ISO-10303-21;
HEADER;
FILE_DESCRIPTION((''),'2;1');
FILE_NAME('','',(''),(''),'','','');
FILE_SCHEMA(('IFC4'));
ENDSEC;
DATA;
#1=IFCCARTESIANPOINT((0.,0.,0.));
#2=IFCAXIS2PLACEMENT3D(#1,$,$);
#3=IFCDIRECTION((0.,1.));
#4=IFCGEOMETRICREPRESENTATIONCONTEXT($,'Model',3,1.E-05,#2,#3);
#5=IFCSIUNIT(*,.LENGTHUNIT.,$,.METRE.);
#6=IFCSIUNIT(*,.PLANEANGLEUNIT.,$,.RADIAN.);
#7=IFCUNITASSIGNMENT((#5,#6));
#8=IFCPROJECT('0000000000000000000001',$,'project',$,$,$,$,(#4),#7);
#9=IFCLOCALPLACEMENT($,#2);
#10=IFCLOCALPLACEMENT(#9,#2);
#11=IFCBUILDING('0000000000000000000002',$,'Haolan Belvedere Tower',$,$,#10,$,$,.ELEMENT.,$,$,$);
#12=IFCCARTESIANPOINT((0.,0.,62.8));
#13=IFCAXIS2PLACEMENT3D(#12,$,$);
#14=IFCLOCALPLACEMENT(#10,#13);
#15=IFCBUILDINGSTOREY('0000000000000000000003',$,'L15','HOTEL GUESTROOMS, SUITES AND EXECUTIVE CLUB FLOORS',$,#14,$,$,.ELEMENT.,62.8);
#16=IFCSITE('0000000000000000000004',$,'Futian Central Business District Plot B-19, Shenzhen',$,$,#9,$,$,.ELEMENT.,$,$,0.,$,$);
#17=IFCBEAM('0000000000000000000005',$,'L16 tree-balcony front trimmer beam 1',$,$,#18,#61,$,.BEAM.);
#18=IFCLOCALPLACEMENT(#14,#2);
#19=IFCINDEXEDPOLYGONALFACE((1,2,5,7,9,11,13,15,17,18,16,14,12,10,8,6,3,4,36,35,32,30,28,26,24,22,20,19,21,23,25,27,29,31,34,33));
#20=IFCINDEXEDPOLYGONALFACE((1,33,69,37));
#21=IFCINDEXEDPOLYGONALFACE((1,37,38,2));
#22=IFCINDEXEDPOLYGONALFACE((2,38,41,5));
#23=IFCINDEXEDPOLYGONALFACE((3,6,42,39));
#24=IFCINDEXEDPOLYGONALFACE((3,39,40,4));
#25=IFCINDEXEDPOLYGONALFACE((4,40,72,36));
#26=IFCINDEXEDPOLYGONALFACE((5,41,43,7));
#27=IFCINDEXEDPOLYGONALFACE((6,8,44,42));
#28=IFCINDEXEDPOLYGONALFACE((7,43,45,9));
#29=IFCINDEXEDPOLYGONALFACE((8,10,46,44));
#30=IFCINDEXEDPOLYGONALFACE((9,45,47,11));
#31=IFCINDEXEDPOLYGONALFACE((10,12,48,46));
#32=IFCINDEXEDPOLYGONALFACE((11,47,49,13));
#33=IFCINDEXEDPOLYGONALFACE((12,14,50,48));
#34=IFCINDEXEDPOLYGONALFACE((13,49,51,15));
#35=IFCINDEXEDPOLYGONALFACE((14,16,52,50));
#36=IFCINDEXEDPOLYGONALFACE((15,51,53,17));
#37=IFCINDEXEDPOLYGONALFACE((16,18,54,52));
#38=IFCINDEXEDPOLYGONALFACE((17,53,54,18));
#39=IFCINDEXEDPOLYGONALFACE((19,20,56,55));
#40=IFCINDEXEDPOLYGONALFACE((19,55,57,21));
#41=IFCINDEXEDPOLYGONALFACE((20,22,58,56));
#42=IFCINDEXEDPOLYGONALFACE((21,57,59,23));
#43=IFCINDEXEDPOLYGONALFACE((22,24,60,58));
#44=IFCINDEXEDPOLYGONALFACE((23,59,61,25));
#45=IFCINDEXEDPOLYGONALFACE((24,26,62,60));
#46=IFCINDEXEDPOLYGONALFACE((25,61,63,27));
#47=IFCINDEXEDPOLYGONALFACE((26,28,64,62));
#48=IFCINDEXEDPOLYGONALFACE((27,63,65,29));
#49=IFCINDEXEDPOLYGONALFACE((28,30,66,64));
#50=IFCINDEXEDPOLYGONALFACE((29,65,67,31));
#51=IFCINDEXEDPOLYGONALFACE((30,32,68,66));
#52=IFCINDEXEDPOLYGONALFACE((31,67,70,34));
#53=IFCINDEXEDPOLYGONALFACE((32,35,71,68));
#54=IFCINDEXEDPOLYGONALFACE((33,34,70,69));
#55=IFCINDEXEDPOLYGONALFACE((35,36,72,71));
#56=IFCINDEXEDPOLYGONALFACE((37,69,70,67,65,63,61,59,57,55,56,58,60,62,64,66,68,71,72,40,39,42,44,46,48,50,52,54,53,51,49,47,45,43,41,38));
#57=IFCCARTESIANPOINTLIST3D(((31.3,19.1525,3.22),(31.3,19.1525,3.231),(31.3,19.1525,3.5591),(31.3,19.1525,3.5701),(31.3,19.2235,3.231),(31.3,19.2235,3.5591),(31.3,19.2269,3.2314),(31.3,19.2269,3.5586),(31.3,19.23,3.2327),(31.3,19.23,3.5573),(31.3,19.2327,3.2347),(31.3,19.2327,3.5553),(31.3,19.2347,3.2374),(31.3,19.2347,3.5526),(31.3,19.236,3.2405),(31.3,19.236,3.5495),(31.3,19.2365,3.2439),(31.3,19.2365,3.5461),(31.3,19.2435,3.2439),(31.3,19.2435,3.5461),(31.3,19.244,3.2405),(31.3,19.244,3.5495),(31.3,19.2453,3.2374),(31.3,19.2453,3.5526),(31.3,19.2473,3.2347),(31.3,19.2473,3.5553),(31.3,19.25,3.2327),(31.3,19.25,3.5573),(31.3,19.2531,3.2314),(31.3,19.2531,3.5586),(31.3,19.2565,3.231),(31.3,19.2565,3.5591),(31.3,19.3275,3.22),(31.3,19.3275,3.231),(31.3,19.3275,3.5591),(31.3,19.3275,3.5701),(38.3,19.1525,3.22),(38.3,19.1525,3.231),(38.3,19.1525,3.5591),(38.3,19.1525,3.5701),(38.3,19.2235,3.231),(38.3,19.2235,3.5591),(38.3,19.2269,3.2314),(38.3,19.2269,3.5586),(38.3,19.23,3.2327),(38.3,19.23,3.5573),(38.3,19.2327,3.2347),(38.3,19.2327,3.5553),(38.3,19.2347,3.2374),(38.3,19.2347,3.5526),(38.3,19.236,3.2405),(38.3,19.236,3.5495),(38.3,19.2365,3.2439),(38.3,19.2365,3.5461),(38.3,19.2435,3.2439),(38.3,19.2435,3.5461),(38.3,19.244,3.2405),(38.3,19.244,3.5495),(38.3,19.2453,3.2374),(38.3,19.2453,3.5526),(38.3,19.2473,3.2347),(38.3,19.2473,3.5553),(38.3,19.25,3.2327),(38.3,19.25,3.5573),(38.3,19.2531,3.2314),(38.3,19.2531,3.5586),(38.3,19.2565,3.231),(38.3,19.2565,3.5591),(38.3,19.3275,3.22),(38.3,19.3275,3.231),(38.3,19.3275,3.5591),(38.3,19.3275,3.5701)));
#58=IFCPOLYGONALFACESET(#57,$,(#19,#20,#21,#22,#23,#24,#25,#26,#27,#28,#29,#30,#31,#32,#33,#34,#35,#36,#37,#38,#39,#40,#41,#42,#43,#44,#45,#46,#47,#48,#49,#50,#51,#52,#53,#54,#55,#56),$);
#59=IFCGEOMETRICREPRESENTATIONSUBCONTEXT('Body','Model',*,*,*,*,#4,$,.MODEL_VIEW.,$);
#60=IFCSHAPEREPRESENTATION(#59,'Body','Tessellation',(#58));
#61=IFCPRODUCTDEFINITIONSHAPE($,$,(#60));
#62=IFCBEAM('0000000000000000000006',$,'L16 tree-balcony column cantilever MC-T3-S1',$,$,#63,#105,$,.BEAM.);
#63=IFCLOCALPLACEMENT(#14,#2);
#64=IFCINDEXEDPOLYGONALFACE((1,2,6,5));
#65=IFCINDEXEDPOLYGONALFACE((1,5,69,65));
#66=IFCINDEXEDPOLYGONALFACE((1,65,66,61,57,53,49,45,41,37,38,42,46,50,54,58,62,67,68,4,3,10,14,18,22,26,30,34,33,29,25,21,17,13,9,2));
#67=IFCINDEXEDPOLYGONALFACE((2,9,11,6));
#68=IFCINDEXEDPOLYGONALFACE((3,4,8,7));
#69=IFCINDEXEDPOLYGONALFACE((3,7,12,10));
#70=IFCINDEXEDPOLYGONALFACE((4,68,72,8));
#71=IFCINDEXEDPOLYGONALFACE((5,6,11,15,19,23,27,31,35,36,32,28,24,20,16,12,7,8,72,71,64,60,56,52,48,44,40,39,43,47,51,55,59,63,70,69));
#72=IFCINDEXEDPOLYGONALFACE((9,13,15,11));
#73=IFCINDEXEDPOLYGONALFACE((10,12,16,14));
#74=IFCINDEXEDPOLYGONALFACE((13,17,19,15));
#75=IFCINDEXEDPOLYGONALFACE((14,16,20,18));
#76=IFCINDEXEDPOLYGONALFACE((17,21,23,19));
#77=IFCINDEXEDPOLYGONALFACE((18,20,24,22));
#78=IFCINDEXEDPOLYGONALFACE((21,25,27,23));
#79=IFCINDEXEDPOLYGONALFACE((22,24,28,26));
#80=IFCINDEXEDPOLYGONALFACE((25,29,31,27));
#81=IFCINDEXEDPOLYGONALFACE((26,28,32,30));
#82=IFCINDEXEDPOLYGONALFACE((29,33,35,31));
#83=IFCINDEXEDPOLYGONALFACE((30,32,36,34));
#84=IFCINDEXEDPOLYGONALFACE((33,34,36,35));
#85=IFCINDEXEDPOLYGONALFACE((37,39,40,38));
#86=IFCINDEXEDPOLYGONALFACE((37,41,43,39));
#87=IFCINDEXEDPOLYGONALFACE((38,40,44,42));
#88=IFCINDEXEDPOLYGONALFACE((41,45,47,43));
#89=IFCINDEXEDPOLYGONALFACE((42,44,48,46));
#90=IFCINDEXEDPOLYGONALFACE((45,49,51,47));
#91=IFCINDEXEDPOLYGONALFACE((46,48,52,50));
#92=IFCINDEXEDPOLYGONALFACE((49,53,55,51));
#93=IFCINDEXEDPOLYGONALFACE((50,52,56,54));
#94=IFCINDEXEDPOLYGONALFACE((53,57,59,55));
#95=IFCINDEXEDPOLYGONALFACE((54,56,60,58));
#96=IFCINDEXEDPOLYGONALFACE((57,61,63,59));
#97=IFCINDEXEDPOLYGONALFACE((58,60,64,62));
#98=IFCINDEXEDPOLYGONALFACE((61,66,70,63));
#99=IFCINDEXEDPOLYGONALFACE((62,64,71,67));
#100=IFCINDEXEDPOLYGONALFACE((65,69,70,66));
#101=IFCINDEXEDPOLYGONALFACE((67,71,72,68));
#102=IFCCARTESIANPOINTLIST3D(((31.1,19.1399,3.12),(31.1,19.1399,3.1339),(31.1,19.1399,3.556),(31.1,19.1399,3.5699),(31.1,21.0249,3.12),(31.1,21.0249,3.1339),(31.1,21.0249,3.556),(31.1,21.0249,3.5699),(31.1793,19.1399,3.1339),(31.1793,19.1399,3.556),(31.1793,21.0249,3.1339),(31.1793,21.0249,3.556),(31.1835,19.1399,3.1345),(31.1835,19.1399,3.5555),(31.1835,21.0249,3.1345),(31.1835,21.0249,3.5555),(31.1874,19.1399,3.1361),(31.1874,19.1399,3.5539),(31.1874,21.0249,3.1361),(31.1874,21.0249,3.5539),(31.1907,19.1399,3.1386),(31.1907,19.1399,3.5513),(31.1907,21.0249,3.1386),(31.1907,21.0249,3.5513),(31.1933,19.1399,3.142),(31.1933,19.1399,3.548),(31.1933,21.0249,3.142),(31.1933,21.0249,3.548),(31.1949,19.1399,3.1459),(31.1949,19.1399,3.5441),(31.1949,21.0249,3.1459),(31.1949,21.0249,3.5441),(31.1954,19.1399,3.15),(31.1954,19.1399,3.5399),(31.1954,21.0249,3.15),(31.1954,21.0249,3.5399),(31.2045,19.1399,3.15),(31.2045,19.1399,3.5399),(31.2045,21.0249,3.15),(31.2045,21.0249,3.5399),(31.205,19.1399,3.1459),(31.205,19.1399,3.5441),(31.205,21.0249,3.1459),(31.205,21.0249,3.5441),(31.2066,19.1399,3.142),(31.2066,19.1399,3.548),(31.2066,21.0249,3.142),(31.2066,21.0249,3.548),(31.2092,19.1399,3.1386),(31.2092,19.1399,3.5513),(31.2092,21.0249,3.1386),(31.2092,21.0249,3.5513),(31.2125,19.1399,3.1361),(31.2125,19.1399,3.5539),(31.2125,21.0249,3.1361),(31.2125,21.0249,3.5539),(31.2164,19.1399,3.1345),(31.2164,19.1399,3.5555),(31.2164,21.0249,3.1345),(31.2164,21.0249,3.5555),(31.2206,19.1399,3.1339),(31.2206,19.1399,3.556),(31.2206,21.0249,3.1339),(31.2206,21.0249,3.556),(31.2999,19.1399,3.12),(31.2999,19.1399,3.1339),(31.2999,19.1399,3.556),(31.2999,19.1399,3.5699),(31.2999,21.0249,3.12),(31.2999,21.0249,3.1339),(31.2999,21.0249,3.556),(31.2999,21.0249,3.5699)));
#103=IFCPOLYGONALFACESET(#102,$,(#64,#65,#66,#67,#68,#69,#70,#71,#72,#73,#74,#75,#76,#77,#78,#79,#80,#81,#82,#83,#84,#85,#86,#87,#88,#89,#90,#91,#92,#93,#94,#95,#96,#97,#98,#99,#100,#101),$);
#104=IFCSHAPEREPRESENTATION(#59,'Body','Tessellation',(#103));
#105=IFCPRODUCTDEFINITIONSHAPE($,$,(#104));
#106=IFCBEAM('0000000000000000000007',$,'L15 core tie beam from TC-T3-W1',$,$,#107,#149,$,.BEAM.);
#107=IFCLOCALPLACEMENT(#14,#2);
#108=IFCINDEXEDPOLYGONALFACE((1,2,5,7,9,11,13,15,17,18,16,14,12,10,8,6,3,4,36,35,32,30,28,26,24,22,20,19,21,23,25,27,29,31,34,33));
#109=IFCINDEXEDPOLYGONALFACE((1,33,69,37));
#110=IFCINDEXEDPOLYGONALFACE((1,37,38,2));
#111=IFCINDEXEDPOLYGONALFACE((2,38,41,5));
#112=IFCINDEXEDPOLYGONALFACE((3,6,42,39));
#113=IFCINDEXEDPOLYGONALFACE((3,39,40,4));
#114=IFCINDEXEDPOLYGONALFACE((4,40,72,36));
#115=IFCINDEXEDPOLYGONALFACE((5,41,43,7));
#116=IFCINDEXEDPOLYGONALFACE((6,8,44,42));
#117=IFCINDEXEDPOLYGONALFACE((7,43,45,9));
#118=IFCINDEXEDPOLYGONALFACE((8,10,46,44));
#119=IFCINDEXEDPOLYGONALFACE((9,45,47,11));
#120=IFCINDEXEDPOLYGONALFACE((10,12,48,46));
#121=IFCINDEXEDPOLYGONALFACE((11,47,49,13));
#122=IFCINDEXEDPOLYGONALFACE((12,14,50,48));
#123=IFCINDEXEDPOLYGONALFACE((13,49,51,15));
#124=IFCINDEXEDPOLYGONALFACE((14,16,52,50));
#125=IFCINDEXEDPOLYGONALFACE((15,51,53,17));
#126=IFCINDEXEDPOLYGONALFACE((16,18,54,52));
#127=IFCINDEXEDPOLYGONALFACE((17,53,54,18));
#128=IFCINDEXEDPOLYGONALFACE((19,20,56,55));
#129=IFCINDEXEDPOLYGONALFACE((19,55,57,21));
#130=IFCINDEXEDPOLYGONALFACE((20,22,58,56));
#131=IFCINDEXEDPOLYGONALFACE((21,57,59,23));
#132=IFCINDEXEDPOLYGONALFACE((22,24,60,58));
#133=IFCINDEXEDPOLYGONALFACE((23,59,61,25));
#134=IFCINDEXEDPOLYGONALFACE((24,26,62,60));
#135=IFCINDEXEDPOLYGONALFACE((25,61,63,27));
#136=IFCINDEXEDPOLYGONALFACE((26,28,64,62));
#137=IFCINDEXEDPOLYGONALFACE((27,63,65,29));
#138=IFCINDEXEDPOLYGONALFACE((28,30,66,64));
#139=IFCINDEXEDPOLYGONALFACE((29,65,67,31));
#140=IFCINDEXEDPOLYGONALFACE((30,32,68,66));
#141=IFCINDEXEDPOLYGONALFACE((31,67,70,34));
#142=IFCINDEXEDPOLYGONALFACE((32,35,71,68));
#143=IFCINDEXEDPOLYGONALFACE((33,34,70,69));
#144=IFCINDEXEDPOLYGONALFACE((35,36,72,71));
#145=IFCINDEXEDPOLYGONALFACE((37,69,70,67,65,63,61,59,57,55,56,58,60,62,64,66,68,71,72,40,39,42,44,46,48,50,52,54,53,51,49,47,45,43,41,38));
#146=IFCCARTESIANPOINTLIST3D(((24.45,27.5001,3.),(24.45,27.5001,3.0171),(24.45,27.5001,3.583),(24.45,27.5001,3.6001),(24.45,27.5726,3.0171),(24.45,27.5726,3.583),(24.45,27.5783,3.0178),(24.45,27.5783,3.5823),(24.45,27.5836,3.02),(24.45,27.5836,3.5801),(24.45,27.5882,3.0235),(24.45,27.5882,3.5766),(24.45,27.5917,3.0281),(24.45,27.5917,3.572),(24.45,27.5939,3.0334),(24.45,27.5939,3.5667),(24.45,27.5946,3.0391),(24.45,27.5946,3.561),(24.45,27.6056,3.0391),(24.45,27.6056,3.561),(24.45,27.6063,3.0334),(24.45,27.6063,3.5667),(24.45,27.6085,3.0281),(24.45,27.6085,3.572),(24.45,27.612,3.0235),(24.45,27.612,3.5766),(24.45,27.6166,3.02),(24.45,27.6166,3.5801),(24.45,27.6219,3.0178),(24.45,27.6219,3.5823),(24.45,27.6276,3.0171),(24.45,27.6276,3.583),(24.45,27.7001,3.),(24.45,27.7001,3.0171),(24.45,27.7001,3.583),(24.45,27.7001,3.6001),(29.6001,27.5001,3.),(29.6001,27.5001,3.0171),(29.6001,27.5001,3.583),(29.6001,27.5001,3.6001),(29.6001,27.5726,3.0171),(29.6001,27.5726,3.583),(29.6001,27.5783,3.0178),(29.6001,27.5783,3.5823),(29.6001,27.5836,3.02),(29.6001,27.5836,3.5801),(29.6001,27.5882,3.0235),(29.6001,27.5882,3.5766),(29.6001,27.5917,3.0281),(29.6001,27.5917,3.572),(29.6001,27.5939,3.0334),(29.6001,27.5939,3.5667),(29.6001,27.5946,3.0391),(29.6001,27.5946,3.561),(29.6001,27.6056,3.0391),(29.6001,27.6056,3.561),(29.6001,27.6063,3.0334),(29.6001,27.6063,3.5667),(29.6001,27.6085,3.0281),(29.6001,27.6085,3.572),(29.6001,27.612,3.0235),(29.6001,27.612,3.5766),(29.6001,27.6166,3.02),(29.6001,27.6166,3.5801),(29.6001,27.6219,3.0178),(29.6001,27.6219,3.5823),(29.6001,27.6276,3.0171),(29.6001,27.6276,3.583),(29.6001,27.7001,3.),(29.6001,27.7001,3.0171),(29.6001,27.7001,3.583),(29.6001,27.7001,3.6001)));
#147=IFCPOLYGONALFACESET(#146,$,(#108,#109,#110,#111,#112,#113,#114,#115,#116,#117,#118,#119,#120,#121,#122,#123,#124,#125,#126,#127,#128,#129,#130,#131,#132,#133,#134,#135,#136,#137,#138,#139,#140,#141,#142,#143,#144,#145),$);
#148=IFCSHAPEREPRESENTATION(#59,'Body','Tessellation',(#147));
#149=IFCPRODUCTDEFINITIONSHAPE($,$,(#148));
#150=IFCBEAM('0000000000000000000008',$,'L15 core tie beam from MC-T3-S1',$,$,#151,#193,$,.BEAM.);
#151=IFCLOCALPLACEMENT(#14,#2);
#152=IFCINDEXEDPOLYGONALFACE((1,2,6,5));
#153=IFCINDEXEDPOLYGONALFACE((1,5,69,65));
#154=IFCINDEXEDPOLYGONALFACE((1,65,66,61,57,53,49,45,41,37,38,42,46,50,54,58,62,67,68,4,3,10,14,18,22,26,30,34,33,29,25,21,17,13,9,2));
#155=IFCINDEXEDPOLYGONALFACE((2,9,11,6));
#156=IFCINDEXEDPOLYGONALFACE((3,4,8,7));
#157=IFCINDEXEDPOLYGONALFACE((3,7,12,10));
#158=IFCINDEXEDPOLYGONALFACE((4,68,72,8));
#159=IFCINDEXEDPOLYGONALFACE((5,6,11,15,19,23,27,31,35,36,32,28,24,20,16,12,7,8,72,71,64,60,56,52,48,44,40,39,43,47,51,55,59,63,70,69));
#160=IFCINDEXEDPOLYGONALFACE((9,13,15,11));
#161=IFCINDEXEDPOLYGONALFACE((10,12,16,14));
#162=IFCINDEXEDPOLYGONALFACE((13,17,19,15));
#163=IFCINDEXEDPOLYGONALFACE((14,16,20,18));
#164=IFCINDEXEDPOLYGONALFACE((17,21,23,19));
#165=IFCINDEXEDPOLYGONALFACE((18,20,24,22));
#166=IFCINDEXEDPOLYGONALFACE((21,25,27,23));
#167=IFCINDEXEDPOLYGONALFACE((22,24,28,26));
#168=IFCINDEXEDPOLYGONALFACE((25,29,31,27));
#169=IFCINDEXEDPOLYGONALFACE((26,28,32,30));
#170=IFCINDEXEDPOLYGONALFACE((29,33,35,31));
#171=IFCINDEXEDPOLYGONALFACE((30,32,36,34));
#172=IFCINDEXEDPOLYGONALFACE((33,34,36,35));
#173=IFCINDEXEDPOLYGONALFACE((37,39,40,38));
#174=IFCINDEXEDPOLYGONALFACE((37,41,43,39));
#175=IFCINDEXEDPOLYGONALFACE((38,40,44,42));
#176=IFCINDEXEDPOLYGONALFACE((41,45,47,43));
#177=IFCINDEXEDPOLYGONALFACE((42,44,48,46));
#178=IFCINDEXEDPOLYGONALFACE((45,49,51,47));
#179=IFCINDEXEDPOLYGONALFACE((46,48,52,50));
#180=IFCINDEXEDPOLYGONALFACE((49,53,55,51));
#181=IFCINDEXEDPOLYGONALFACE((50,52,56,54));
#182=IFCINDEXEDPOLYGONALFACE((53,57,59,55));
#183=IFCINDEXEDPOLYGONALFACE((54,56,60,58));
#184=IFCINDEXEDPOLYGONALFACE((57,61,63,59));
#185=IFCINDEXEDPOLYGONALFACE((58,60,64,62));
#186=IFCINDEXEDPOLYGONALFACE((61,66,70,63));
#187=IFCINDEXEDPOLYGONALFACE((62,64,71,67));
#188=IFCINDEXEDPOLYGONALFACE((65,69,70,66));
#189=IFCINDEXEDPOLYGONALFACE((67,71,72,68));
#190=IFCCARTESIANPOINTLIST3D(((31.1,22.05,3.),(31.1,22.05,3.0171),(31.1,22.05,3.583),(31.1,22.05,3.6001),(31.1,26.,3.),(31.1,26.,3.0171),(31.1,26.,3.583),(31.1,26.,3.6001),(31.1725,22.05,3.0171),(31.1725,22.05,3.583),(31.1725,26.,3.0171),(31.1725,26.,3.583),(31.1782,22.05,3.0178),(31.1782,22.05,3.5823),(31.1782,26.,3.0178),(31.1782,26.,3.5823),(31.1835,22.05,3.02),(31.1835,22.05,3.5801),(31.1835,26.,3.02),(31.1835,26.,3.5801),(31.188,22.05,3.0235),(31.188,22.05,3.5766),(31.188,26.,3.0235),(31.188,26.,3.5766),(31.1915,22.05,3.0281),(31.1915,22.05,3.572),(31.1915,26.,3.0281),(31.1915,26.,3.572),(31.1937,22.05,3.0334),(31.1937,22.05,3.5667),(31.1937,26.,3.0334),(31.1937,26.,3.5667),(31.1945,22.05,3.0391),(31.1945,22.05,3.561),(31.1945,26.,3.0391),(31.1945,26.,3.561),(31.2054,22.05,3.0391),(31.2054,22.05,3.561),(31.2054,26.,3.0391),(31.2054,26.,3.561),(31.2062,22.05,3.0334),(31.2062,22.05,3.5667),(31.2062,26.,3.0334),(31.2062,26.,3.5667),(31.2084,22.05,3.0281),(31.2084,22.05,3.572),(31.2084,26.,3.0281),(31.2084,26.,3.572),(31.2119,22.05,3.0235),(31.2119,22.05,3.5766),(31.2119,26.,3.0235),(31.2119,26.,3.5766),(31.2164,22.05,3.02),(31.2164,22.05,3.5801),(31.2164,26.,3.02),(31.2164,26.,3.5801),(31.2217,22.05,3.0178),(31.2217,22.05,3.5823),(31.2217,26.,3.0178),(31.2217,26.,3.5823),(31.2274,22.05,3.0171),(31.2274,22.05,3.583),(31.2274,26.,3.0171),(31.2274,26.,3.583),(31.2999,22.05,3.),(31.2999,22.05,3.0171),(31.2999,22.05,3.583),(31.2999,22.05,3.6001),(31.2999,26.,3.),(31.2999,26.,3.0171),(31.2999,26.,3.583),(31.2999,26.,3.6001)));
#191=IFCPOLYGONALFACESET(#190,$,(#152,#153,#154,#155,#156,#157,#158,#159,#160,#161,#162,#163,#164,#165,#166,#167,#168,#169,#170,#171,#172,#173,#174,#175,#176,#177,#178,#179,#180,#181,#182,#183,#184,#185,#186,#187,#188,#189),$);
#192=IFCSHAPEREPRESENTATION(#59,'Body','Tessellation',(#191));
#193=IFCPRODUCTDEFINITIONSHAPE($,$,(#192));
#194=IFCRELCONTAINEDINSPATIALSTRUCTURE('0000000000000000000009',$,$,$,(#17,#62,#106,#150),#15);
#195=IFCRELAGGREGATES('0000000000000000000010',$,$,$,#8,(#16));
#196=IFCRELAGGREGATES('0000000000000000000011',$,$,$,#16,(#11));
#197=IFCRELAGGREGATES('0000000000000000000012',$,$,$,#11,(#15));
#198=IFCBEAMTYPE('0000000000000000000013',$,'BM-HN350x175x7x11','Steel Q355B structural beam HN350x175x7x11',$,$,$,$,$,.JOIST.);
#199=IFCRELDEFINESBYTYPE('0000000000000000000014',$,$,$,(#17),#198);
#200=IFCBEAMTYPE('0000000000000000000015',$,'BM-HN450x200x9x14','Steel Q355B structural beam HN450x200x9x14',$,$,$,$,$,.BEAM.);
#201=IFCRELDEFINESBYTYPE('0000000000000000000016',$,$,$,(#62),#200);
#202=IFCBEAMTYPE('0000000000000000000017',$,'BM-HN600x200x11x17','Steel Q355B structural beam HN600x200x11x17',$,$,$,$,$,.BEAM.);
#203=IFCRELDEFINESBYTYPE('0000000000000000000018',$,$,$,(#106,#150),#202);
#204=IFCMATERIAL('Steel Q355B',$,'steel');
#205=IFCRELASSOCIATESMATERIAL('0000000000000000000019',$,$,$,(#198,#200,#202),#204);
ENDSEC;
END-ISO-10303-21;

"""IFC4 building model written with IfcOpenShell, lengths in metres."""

from ifc_helpers import new_model, si_unit, direction, frame, origin, origin_2d, place, context, subcontext, project, spatial, i_section, extrude, material, material_profile, profile_set, type_object, element, save


model = new_model("IFC4")

# Units and contexts
model_context = context("Model", 3, precision=1e-05, world=origin(), true_north=direction((0.0, 1.0)))
body_context = subcontext(model_context, "Body", "Model", "MODEL_VIEW")
ifc_project = project(units=[si_unit("LENGTHUNIT", "METRE"), si_unit("PLANEANGLEUNIT", "RADIAN")], contexts=[model_context])

# Site, building, storey
site_placement = place(None, origin())
site = spatial("IfcSite", under=ifc_project, at=site_placement, Name="Futian Central Business District Plot B-19, Shenzhen", CompositionType="ELEMENT", RefElevation=0.0)
building_placement = place(site_placement, origin())
building = spatial("IfcBuilding", under=site, at=building_placement, Name="Haolan Belvedere Tower", CompositionType="ELEMENT")
storey_placement = place(building_placement, frame((0.0, 0.0, 62.8)))
storey = spatial("IfcBuildingStorey", under=building, at=storey_placement, Name="L15", Description="HOTEL GUESTROOMS, SUITES AND EXECUTIVE CLUB FLOORS", CompositionType="ELEMENT", Elevation=62.8)

# Shared definitions
ifc_material_1 = material(Name="Steel Q355B", Category="steel")

# Beams
ifc_material_profile_1 = material_profile(ifc_material_1, i_section(OverallWidth=0.175, OverallDepth=0.3501, WebThickness=0.0071, FlangeThickness=0.011, FilletRadius=0.0129, at=origin_2d()), Name="Steel Q355B")
ifc_profile_set_1 = profile_set([ifc_material_profile_1], Name="Steel Q355B")
beam_type_1 = type_object("IfcBeamType", Name="BM-HN350x175x7x11", Description="Steel Q355B structural beam HN350x175x7x11", PredefinedType="JOIST", material=ifc_profile_set_1)
beam_1_placement = place(storey_placement, frame((31.3, 19.24, 3.395), z_axis=(1.0, 0.0, 0.0), x_axis=(0.0, 1.0, 0.0)))
element("IfcBeam", 1, at=beam_1_placement, inside=storey, type_object=beam_type_1, Name="L16 tree-balcony front trimmer beam 1", PredefinedType="BEAM", context=body_context, shape_type="SweptSolid", body=[
    extrude(i_section(OverallWidth=0.175, OverallDepth=0.3501, WebThickness=0.0071, FlangeThickness=0.011, FilletRadius=0.0129, at=origin_2d()), origin(), (0.0, 0.0, 1.0), 7.0),
])
ifc_material_profile_2 = material_profile(ifc_material_1, i_section(OverallWidth=0.2, OverallDepth=0.45, WebThickness=0.009, FlangeThickness=0.0139, FilletRadius=0.0161, at=origin_2d()), Name="Steel Q355B")
ifc_profile_set_2 = profile_set([ifc_material_profile_2], Name="Steel Q355B")
beam_type_2 = type_object("IfcBeamType", Name="BM-HN450x200x9x14", Description="Steel Q355B structural beam HN450x200x9x14", PredefinedType="BEAM", material=ifc_profile_set_2)
beam_2_placement = place(storey_placement, frame((31.2, 21.0249, 3.345), z_axis=(0.0, -1.0, 0.0), x_axis=(1.0, 0.0, 0.0)))
element("IfcBeam", 2, at=beam_2_placement, inside=storey, type_object=beam_type_2, Name="L16 tree-balcony column cantilever MC-T3-S1", PredefinedType="BEAM", context=body_context, shape_type="SweptSolid", body=[
    extrude(i_section(OverallWidth=0.2, OverallDepth=0.45, WebThickness=0.009, FlangeThickness=0.0139, FilletRadius=0.0161, at=origin_2d()), origin(), (0.0, 0.0, 1.0), 1.885),
])
ifc_material_profile_3 = material_profile(ifc_material_1, i_section(OverallWidth=0.2, OverallDepth=0.6001, WebThickness=0.011, FlangeThickness=0.0171, FilletRadius=0.022, at=origin_2d()), Name="Steel Q355B")
ifc_profile_set_3 = profile_set([ifc_material_profile_3], Name="Steel Q355B")
beam_type_3 = type_object("IfcBeamType", Name="BM-HN600x200x11x17", Description="Steel Q355B structural beam HN600x200x11x17", PredefinedType="BEAM", material=ifc_profile_set_3)
beam_3_placement = place(storey_placement, frame((24.45, 27.6001, 3.3), z_axis=(1.0, 0.0, 0.0), x_axis=(0.0, 1.0, 0.0)))
element("IfcBeam", 3, at=beam_3_placement, inside=storey, type_object=beam_type_3, Name="L15 core tie beam from TC-T3-W1", PredefinedType="BEAM", context=body_context, shape_type="SweptSolid", body=[
    extrude(i_section(OverallWidth=0.2, OverallDepth=0.6001, WebThickness=0.011, FlangeThickness=0.0171, FilletRadius=0.022, at=origin_2d()), origin(), (0.0, 0.0, 1.0), 5.1501),
])
beam_4_placement = place(storey_placement, frame((31.2, 22.05, 3.3), z_axis=(0.0, 1.0, 0.0), x_axis=(-1.0, 0.0, 0.0)))
element("IfcBeam", 4, at=beam_4_placement, inside=storey, type_object=beam_type_3, Name="L15 core tie beam from MC-T3-S1", PredefinedType="BEAM", context=body_context, shape_type="SweptSolid", body=[
    extrude(i_section(OverallWidth=0.2, OverallDepth=0.6001, WebThickness=0.011, FlangeThickness=0.0171, FilletRadius=0.022, at=origin_2d()), origin(), (0.0, 0.0, 1.0), 3.95),
])

save(model, "model.ifc")
